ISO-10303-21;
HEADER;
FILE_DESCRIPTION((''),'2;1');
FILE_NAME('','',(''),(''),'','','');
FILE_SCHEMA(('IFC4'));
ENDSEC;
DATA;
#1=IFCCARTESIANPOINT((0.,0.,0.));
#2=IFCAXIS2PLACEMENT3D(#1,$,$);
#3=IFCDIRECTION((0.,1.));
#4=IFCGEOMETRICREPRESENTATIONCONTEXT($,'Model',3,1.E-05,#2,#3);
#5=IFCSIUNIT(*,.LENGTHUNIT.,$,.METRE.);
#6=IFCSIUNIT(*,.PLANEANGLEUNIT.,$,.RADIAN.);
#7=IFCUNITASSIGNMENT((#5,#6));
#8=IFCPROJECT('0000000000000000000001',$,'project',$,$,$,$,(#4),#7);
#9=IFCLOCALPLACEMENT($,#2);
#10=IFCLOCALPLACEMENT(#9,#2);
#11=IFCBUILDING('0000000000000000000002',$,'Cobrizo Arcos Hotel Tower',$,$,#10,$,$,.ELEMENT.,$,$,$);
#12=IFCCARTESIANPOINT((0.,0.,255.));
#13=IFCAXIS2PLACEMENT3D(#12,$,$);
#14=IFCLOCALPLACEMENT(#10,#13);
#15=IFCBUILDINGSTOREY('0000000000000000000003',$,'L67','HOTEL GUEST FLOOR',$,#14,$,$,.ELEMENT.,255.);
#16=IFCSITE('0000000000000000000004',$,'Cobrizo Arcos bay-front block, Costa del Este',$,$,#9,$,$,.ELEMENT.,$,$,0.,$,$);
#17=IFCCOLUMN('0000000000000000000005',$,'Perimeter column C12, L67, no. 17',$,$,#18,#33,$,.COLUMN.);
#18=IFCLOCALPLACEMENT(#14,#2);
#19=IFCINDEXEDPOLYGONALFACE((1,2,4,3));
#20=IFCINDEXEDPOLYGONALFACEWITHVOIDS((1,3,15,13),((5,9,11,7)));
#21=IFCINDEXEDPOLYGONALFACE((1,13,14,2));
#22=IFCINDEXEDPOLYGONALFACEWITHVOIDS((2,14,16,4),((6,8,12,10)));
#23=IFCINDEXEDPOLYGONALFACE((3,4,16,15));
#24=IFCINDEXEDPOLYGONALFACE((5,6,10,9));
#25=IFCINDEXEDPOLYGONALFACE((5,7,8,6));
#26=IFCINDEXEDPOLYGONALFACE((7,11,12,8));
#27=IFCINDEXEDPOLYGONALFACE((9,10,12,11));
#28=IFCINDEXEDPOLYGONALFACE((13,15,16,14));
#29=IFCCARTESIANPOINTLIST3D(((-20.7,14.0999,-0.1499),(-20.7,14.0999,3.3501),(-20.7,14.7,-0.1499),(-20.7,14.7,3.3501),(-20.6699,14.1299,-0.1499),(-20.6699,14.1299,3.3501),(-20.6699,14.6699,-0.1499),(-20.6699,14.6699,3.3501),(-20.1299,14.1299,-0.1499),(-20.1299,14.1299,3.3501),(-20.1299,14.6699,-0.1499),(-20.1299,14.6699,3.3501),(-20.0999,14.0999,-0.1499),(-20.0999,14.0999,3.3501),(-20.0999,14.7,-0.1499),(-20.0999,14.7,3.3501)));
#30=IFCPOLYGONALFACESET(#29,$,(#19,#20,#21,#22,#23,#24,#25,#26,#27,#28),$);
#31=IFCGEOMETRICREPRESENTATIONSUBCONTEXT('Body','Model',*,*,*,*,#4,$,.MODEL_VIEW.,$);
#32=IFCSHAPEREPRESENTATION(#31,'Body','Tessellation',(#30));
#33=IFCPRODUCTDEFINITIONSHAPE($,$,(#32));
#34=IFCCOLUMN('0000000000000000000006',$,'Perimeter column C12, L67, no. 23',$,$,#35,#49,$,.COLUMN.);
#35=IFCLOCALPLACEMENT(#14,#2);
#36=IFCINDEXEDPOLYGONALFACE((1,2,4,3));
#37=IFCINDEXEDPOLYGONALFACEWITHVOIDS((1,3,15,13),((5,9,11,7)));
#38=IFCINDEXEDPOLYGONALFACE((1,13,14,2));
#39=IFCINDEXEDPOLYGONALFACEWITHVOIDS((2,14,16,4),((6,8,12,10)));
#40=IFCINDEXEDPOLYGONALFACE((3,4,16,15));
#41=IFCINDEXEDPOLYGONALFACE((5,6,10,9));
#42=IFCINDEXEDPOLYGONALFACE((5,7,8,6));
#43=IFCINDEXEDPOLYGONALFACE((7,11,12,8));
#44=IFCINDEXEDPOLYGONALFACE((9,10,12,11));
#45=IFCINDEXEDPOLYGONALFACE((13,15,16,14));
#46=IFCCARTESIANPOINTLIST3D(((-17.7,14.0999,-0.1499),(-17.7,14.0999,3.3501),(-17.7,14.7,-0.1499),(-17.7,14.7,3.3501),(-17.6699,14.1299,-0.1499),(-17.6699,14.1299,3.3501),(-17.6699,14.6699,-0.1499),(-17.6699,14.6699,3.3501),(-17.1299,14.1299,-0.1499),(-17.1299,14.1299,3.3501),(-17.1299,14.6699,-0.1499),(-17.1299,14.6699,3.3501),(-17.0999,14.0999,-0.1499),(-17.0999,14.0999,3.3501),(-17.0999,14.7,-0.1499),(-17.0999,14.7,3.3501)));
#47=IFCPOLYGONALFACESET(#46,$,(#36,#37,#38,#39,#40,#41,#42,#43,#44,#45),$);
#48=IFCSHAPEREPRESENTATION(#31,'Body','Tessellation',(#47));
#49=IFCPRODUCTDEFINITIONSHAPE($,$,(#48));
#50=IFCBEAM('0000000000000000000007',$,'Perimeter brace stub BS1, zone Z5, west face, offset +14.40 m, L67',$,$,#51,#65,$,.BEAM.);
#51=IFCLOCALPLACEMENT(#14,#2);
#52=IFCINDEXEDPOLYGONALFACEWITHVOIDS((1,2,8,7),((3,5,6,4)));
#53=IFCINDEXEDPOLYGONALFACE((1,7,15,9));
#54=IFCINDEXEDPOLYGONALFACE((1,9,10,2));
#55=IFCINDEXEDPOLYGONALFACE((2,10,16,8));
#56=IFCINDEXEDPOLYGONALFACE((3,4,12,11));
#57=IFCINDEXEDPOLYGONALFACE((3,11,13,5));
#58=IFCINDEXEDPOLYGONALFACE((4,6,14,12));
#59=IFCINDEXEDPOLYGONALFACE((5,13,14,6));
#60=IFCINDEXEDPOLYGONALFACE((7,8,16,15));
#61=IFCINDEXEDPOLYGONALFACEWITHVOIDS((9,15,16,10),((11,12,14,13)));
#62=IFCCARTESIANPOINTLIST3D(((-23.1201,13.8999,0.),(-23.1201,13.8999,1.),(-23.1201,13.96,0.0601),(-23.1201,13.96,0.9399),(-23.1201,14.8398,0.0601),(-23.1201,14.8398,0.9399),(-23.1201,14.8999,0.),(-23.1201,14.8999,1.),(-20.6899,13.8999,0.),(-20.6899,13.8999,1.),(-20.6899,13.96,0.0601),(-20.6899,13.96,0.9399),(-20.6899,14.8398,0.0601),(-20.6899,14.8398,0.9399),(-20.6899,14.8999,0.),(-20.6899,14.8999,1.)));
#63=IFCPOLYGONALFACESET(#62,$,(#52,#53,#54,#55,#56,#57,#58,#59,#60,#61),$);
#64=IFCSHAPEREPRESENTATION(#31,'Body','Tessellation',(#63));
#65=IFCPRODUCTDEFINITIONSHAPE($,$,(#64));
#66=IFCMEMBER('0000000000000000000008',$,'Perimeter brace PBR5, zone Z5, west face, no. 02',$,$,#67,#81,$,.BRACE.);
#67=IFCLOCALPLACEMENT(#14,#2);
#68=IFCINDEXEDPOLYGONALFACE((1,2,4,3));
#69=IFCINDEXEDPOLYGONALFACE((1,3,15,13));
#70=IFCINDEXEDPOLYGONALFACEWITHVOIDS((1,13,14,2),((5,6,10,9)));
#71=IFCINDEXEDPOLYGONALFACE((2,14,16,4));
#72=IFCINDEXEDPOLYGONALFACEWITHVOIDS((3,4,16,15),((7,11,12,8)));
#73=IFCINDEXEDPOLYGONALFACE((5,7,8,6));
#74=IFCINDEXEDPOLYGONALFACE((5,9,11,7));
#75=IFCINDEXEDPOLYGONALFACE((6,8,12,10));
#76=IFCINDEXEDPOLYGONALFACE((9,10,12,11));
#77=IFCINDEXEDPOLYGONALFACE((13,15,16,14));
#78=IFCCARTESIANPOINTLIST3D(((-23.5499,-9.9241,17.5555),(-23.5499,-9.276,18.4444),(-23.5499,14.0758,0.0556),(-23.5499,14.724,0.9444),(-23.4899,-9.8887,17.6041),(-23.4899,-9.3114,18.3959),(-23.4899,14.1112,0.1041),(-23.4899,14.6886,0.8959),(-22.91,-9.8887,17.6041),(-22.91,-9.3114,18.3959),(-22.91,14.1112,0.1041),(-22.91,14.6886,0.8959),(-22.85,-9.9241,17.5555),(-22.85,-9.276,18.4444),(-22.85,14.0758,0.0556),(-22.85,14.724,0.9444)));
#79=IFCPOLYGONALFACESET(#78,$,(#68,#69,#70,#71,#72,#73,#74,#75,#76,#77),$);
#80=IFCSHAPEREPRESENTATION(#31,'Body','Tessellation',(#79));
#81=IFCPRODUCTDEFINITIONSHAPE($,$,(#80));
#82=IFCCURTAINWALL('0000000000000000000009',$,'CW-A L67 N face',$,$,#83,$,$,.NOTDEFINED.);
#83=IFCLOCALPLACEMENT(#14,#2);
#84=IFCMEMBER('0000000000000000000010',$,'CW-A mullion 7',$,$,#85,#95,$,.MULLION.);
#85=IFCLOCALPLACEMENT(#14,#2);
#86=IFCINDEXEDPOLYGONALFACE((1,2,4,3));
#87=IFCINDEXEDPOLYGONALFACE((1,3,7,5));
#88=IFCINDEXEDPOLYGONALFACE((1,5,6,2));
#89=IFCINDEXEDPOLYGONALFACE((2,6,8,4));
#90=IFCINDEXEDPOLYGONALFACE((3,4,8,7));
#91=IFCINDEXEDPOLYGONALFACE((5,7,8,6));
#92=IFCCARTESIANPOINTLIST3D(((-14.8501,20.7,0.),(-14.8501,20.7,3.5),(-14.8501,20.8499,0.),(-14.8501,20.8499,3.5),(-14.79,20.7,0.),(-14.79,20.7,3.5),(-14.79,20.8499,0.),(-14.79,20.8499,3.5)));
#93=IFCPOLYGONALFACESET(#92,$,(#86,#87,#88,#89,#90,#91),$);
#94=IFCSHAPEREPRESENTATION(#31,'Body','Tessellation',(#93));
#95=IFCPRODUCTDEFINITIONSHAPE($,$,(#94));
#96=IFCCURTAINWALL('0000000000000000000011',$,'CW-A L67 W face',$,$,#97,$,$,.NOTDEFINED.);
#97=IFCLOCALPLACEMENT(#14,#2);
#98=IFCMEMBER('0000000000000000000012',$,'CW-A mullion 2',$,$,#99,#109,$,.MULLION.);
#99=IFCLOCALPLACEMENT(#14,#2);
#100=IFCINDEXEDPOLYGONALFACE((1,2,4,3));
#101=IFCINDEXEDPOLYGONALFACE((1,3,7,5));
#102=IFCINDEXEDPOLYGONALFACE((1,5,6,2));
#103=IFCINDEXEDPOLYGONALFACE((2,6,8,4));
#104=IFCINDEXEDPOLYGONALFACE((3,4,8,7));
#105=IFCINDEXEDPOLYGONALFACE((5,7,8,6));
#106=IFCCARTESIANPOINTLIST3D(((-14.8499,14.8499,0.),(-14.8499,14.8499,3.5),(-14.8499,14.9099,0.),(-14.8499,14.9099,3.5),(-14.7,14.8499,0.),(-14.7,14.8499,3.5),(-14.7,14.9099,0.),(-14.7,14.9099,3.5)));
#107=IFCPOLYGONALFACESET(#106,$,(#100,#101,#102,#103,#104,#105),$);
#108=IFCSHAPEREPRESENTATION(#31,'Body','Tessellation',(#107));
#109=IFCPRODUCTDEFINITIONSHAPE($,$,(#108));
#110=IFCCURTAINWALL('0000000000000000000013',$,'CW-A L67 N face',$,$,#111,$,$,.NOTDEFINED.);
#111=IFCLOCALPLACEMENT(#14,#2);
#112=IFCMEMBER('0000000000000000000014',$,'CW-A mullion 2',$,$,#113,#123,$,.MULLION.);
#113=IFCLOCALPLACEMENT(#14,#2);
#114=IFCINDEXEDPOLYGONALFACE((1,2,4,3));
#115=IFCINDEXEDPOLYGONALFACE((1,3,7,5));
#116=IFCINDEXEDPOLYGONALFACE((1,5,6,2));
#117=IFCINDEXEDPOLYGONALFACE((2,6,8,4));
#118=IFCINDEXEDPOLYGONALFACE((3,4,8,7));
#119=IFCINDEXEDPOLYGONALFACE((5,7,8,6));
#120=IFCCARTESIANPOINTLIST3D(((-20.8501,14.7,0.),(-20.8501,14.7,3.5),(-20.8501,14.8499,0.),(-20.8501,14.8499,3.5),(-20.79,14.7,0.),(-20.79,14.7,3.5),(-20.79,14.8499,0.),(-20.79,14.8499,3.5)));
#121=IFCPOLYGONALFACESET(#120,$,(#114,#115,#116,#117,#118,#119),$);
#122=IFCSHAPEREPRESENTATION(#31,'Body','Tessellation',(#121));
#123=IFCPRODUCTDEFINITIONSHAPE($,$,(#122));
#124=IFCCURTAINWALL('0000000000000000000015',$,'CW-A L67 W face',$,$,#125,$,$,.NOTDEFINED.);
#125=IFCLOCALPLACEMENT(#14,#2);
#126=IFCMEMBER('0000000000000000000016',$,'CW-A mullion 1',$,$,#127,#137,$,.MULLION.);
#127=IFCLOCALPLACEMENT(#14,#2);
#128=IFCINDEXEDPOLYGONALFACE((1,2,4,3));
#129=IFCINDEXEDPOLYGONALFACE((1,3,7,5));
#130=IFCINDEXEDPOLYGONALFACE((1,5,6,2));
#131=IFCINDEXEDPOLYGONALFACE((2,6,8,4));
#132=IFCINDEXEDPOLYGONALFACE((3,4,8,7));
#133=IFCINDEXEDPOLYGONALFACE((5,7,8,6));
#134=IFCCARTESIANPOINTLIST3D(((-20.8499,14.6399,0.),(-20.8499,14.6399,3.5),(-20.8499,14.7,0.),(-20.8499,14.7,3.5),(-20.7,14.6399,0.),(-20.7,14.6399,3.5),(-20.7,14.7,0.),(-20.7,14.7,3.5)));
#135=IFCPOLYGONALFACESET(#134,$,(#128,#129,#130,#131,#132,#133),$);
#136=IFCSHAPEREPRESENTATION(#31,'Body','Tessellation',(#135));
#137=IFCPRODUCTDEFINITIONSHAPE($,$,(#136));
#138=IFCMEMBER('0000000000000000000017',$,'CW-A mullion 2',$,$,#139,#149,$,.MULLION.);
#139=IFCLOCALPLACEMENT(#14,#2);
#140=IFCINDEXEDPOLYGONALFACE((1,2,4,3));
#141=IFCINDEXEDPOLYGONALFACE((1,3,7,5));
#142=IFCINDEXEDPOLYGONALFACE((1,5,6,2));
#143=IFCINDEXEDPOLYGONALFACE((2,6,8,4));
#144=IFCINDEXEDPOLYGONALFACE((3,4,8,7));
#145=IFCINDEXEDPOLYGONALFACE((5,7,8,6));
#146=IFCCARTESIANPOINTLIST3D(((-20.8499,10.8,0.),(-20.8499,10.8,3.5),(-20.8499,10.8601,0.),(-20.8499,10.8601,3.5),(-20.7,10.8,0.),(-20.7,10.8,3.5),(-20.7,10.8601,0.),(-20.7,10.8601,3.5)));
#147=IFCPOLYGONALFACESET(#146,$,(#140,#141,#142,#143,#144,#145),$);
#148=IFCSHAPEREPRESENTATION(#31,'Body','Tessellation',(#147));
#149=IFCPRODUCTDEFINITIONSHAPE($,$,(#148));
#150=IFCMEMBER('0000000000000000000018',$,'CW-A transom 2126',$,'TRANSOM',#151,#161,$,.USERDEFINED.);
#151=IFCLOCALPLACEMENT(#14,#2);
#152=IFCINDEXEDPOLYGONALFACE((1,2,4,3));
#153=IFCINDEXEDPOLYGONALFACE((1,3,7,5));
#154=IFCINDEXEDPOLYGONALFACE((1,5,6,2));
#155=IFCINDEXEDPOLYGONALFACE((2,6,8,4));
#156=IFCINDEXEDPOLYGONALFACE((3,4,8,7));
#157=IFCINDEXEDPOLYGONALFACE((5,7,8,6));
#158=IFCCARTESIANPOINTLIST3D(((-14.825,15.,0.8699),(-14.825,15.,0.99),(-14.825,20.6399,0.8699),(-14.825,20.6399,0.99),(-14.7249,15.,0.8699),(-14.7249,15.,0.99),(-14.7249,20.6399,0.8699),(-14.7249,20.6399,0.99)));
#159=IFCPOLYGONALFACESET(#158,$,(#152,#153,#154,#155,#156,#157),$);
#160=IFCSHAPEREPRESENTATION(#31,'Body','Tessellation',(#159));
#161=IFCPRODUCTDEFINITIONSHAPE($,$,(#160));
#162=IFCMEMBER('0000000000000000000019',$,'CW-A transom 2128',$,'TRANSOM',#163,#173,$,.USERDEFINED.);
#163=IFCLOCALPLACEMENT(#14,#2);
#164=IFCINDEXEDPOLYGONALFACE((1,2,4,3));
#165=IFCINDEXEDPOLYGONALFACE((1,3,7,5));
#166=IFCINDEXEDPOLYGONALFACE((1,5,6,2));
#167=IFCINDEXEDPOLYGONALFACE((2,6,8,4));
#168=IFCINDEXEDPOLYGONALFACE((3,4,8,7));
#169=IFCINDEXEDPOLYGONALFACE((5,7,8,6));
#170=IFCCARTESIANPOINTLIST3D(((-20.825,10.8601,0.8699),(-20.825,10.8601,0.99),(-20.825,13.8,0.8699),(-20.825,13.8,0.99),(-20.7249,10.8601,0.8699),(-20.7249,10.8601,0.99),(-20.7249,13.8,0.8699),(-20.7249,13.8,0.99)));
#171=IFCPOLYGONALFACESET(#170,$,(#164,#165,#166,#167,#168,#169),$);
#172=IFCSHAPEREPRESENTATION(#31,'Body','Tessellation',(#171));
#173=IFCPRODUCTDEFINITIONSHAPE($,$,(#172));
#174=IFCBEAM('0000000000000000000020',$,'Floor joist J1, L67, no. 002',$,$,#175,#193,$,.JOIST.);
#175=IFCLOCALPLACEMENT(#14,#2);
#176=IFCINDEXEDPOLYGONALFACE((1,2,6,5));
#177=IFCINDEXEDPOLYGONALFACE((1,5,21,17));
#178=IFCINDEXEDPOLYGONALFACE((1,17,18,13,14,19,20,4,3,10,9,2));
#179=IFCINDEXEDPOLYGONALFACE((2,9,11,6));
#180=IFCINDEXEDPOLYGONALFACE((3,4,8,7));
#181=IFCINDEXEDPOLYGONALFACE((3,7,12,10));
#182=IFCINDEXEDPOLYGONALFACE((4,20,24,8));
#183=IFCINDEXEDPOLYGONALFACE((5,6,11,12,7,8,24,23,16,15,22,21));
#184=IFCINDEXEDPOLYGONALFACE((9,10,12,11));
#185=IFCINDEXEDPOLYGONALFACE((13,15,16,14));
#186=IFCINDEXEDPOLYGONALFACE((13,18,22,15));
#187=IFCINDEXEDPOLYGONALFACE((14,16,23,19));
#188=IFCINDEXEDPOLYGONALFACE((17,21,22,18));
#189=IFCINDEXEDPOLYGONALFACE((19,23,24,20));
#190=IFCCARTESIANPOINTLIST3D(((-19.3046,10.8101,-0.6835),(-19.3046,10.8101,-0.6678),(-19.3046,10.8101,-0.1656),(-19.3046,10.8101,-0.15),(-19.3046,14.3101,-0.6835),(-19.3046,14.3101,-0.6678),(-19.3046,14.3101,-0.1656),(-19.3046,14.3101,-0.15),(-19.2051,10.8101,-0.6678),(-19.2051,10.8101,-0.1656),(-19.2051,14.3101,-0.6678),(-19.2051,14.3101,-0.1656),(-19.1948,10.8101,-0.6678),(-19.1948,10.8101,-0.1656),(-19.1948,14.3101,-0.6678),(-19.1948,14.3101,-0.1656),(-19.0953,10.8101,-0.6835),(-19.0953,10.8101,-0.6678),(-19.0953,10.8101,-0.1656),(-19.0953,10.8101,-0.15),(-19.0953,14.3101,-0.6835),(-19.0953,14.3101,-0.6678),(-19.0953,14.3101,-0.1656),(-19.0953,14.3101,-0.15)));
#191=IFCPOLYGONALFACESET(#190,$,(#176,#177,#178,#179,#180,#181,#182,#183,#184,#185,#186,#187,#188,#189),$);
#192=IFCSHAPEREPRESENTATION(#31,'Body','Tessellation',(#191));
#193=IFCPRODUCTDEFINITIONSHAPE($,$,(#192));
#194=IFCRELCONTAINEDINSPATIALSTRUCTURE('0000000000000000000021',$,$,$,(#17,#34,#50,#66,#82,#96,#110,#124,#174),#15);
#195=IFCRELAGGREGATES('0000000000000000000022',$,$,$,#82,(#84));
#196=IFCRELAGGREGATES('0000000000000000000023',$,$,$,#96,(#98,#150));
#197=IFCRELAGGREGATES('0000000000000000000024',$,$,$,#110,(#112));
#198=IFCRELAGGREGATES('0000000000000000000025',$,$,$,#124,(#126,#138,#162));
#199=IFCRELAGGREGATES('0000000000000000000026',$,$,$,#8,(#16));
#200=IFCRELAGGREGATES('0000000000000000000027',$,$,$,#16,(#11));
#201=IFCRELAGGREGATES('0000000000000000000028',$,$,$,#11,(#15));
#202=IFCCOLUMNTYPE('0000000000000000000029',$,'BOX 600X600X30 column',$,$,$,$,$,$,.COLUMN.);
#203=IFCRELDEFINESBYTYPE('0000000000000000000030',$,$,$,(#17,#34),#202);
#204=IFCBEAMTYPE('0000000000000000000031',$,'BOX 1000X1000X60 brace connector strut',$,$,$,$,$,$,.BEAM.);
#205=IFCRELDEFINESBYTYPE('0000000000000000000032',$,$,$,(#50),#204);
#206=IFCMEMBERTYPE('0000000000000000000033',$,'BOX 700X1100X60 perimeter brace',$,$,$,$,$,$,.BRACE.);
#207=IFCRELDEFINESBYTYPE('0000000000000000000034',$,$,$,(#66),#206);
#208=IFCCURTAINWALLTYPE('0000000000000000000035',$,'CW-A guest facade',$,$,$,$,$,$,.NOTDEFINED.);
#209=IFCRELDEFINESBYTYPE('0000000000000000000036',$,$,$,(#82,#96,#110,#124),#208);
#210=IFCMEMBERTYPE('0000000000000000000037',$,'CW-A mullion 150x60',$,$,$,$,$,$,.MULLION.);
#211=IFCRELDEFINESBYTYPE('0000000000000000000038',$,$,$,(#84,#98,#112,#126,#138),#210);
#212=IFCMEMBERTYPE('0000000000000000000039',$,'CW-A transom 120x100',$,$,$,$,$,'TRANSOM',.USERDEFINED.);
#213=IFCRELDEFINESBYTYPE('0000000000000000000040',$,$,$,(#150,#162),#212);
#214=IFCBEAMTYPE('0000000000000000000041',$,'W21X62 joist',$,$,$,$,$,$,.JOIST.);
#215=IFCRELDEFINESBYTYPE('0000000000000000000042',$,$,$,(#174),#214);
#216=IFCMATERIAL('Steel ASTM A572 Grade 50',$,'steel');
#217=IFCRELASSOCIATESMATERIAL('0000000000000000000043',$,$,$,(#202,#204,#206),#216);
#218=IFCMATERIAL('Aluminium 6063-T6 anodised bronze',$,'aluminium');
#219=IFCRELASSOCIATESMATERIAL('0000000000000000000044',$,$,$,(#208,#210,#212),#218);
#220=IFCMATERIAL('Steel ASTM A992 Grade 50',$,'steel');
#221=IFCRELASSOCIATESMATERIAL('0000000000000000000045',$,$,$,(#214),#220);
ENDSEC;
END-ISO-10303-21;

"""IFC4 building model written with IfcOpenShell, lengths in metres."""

from ifc_helpers import new_model, si_unit, direction, frame, origin, origin_2d, place, context, subcontext, project, spatial, rectangle, hollow_rectangle, i_section, extrude, material, material_profile, profile_set, type_object, element, aggregate, save


model = new_model("IFC4")

# Units and contexts
model_context = context("Model", 3, precision=1e-05, world=origin(), true_north=direction((0.0, 1.0)))
body_context = subcontext(model_context, "Body", "Model", "MODEL_VIEW")
ifc_project = project(units=[si_unit("LENGTHUNIT", "METRE"), si_unit("PLANEANGLEUNIT", "RADIAN")], contexts=[model_context])

# Site, building, storey
site_placement = place(None, origin())
site = spatial("IfcSite", under=ifc_project, at=site_placement, Name="Cobrizo Arcos bay-front block, Costa del Este", CompositionType="ELEMENT", RefElevation=0.0)
building_placement = place(site_placement, origin())
building = spatial("IfcBuilding", under=site, at=building_placement, Name="Cobrizo Arcos Hotel Tower", CompositionType="ELEMENT")
storey_placement = place(building_placement, frame((0.0, 0.0, 255.0)))
storey = spatial("IfcBuildingStorey", under=building, at=storey_placement, Name="L67", Description="HOTEL GUEST FLOOR", CompositionType="ELEMENT", Elevation=255.0)

# Columns
ifc_material_1 = material(Name="Steel ASTM A572 Grade 50", Category="steel")
ifc_material_profile_1 = material_profile(ifc_material_1, hollow_rectangle(XDim=0.6001, YDim=0.6001, WallThickness=0.03, at=origin_2d()), Name="BOX 600X600X30")
ifc_profile_set_1 = profile_set([ifc_material_profile_1], Name="Steel ASTM A572 Grade 50")
column_type = type_object("IfcColumnType", Name="BOX 600X600X30 column", PredefinedType="COLUMN", material=ifc_profile_set_1)
for number, where, z_axis, x_axis, name in (
    (1, (-20.3999, 14.3999, -0.1499), (0.0, 0.0, 1.0), (1.0, 0.0, 0.0), "Perimeter column C12, L67, no. 17"),
    (2, (-17.3999, 14.3999, -0.1499), (0.0, 0.0, 1.0), (1.0, 0.0, 0.0), "Perimeter column C12, L67, no. 23"),
):
    element("IfcColumn", number, at=place(storey_placement, frame(where, z_axis=z_axis, x_axis=x_axis)), inside=storey, type_object=column_type, Name=name, PredefinedType="COLUMN", context=body_context, shape_type="SweptSolid", body=[
        extrude(hollow_rectangle(XDim=0.6001, YDim=0.6001, WallThickness=0.03, at=origin_2d()), origin(), (0.0, 0.0, 1.0), 3.5),
    ])

# Beam
ifc_material_profile_2 = material_profile(ifc_material_1, hollow_rectangle(XDim=1.0, YDim=1.0, WallThickness=0.0601, at=origin_2d()), Name="BOX 1000X1000X60")
ifc_profile_set_2 = profile_set([ifc_material_profile_2], Name="Steel ASTM A572 Grade 50")
beam_type_1 = type_object("IfcBeamType", Name="BOX 1000X1000X60 brace connector strut", PredefinedType="BEAM", material=ifc_profile_set_2)
beam_1_placement = place(storey_placement, frame((-20.6899, 14.3999, 0.5), z_axis=(-1.0, 0.0, 0.0), x_axis=(0.0, -1.0, 0.0)))
element("IfcBeam", 3, at=beam_1_placement, inside=storey, type_object=beam_type_1, Name="Perimeter brace stub BS1, zone Z5, west face, offset +14.40 m, L67", PredefinedType="BEAM", context=body_context, shape_type="SweptSolid", body=[
    extrude(hollow_rectangle(XDim=1.0, YDim=1.0, WallThickness=0.0601, at=origin_2d()), origin(), (0.0, 0.0, 1.0), 2.4302),
])

# Member
ifc_material_profile_3 = material_profile(ifc_material_1, hollow_rectangle(XDim=0.7, YDim=1.1001, WallThickness=0.0601, at=origin_2d()), Name="BOX 700X1100X60")
ifc_profile_set_3 = profile_set([ifc_material_profile_3], Name="Steel ASTM A572 Grade 50")
member_type_1 = type_object("IfcMemberType", Name="BOX 700X1100X60 perimeter brace", PredefinedType="BRACE", material=ifc_profile_set_3)
member_1_placement = place(storey_placement, frame((-23.2, 14.3999, 0.5), z_axis=(0.0, -0.808008, 0.589172), x_axis=(1.0, 0.0, 0.0)))
element("IfcMember", 4, at=member_1_placement, inside=storey, type_object=member_type_1, Name="Perimeter brace PBR5, zone Z5, west face, no. 02", PredefinedType="BRACE", context=body_context, shape_type="SweptSolid", body=[
    extrude(hollow_rectangle(XDim=0.7, YDim=1.1001, WallThickness=0.0601, at=origin_2d()), origin(), (0.0, 0.0, 1.0), 29.7026),
])

# Curtain walls, members
ifc_material_2 = material(Name="Aluminium 6063-T6 anodised bronze", Category="aluminium")
curtain_wall_type = type_object("IfcCurtainWallType", Name="CW-A guest facade", PredefinedType="NOTDEFINED", material=ifc_material_2)
curtain_wall_1_placement = place(storey_placement, origin())
curtain_wall_1 = element("IfcCurtainWall", 5, at=curtain_wall_1_placement, inside=storey, type_object=curtain_wall_type, Name="CW-A L67 N face", PredefinedType="NOTDEFINED")
ifc_material_profile_4 = material_profile(ifc_material_2, rectangle(XDim=0.1499, YDim=0.0601, at=origin_2d()), Name="CW-A mullion 150x60")
ifc_profile_set_4 = profile_set([ifc_material_profile_4], Name="Aluminium 6063-T6 anodised bronze")
member_type_2 = type_object("IfcMemberType", Name="CW-A mullion 150x60", PredefinedType="MULLION", material=ifc_profile_set_4)
member_2_placement = place(storey_placement, frame((-14.8201, 20.7749, 0.0), z_axis=(0.0, 0.0, 1.0), x_axis=(0.0, 1.0, 0.0)))
member_2 = element("IfcMember", 6, at=member_2_placement, type_object=member_type_2, Name="CW-A mullion 7", PredefinedType="MULLION", context=body_context, shape_type="SweptSolid", body=[
    extrude(rectangle(XDim=0.1499, YDim=0.0601, at=origin_2d()), origin(), (0.0, 0.0, 1.0), 3.5),
])
aggregate(curtain_wall_1, [member_2])
curtain_wall_2_placement = place(storey_placement, origin())
curtain_wall_2 = element("IfcCurtainWall", 7, at=curtain_wall_2_placement, inside=storey, type_object=curtain_wall_type, Name="CW-A L67 W face", PredefinedType="NOTDEFINED")
member_3_placement = place(storey_placement, frame((-14.7749, 14.8799, 0.0), z_axis=(0.0, 0.0, 1.0), x_axis=(-1.0, 0.0, 0.0)))
member_3 = element("IfcMember", 8, at=member_3_placement, type_object=member_type_2, Name="CW-A mullion 2", PredefinedType="MULLION", context=body_context, shape_type="SweptSolid", body=[
    extrude(rectangle(XDim=0.1499, YDim=0.0601, at=origin_2d()), origin(), (0.0, 0.0, 1.0), 3.5),
])
curtain_wall_3_placement = place(storey_placement, origin())
curtain_wall_3 = element("IfcCurtainWall", 9, at=curtain_wall_3_placement, inside=storey, type_object=curtain_wall_type, Name="CW-A L67 N face", PredefinedType="NOTDEFINED")
member_4_placement = place(storey_placement, frame((-20.8201, 14.7749, 0.0), z_axis=(0.0, 0.0, 1.0), x_axis=(0.0, 1.0, 0.0)))
member_4 = element("IfcMember", 10, at=member_4_placement, type_object=member_type_2, Name="CW-A mullion 2", PredefinedType="MULLION", context=body_context, shape_type="SweptSolid", body=[
    extrude(rectangle(XDim=0.1499, YDim=0.0601, at=origin_2d()), origin(), (0.0, 0.0, 1.0), 3.5),
])

# Curtain wall, members
curtain_wall_4_placement = place(storey_placement, origin())
curtain_wall_4 = element("IfcCurtainWall", 11, at=curtain_wall_4_placement, inside=storey, type_object=curtain_wall_type, Name="CW-A L67 W face", PredefinedType="NOTDEFINED")
member_5_placement = place(storey_placement, frame((-20.7749, 14.6699, 0.0), z_axis=(0.0, 0.0, 1.0), x_axis=(-1.0, 0.0, 0.0)))
member_5 = element("IfcMember", 12, at=member_5_placement, type_object=member_type_2, Name="CW-A mullion 1", PredefinedType="MULLION", context=body_context, shape_type="SweptSolid", body=[
    extrude(rectangle(XDim=0.1499, YDim=0.0601, at=origin_2d()), origin(), (0.0, 0.0, 1.0), 3.5),
])
member_6_placement = place(storey_placement, frame((-20.7749, 10.8301, 0.0), z_axis=(0.0, 0.0, 1.0), x_axis=(-1.0, 0.0, 0.0)))
member_6 = element("IfcMember", 13, at=member_6_placement, type_object=member_type_2, Name="CW-A mullion 2", PredefinedType="MULLION", context=body_context, shape_type="SweptSolid", body=[
    extrude(rectangle(XDim=0.1499, YDim=0.0601, at=origin_2d()), origin(), (0.0, 0.0, 1.0), 3.5),
])

# Members
ifc_material_profile_5 = material_profile(ifc_material_2, rectangle(XDim=0.1001, YDim=0.1201, at=origin_2d()), Name="CW-A transom 120x100")
ifc_profile_set_5 = profile_set([ifc_material_profile_5], Name="Aluminium 6063-T6 anodised bronze")
member_type_3 = type_object("IfcMemberType", Name="CW-A transom 120x100", ElementType="TRANSOM", PredefinedType="USERDEFINED", material=ifc_profile_set_5)
member_7_placement = place(storey_placement, frame((-14.7749, 20.6399, 0.9299), z_axis=(0.0, -1.0, 0.0), x_axis=(1.0, 0.0, 0.0)))
member_7 = element("IfcMember", 14, at=member_7_placement, type_object=member_type_3, Name="CW-A transom 2126", ObjectType="TRANSOM", PredefinedType="USERDEFINED", context=body_context, shape_type="SweptSolid", body=[
    extrude(rectangle(XDim=0.1001, YDim=0.1201, at=origin_2d()), origin(), (0.0, 0.0, 1.0), 5.6399),
])
member_8_placement = place(storey_placement, frame((-20.7749, 13.8, 0.9299), z_axis=(0.0, -1.0, 0.0), x_axis=(1.0, 0.0, 0.0)))
member_8 = element("IfcMember", 15, at=member_8_placement, type_object=member_type_3, Name="CW-A transom 2128", ObjectType="TRANSOM", PredefinedType="USERDEFINED", context=body_context, shape_type="SweptSolid", body=[
    extrude(rectangle(XDim=0.1001, YDim=0.1201, at=origin_2d()), origin(), (0.0, 0.0, 1.0), 2.9399),
])

# Beam
ifc_material_3 = material(Name="Steel ASTM A992 Grade 50", Category="steel")
ifc_material_profile_6 = material_profile(ifc_material_3, i_section(OverallWidth=0.2092, OverallDepth=0.5334, WebThickness=0.0103, FlangeThickness=0.0156, at=origin_2d()), Name="W21X62")
ifc_profile_set_6 = profile_set([ifc_material_profile_6], Name="Steel ASTM A992 Grade 50")
beam_type_2 = type_object("IfcBeamType", Name="W21X62 joist", PredefinedType="JOIST", material=ifc_profile_set_6)
beam_2_placement = place(storey_placement, frame((-19.2, 10.8101, -0.4167), z_axis=(0.0, 1.0, 0.0), x_axis=(-1.0, 0.0, 0.0)))
element("IfcBeam", 16, at=beam_2_placement, inside=storey, type_object=beam_type_2, Name="Floor joist J1, L67, no. 002", PredefinedType="JOIST", context=body_context, shape_type="SweptSolid", body=[
    extrude(i_section(OverallWidth=0.2092, OverallDepth=0.5334, WebThickness=0.0103, FlangeThickness=0.0156, at=origin_2d()), origin(), (0.0, 0.0, 1.0), 3.5),
])

aggregate(curtain_wall_2, [member_3, member_7])
aggregate(curtain_wall_3, [member_4])
aggregate(curtain_wall_4, [member_5, member_6, member_8])

save(model, "model.ifc")
